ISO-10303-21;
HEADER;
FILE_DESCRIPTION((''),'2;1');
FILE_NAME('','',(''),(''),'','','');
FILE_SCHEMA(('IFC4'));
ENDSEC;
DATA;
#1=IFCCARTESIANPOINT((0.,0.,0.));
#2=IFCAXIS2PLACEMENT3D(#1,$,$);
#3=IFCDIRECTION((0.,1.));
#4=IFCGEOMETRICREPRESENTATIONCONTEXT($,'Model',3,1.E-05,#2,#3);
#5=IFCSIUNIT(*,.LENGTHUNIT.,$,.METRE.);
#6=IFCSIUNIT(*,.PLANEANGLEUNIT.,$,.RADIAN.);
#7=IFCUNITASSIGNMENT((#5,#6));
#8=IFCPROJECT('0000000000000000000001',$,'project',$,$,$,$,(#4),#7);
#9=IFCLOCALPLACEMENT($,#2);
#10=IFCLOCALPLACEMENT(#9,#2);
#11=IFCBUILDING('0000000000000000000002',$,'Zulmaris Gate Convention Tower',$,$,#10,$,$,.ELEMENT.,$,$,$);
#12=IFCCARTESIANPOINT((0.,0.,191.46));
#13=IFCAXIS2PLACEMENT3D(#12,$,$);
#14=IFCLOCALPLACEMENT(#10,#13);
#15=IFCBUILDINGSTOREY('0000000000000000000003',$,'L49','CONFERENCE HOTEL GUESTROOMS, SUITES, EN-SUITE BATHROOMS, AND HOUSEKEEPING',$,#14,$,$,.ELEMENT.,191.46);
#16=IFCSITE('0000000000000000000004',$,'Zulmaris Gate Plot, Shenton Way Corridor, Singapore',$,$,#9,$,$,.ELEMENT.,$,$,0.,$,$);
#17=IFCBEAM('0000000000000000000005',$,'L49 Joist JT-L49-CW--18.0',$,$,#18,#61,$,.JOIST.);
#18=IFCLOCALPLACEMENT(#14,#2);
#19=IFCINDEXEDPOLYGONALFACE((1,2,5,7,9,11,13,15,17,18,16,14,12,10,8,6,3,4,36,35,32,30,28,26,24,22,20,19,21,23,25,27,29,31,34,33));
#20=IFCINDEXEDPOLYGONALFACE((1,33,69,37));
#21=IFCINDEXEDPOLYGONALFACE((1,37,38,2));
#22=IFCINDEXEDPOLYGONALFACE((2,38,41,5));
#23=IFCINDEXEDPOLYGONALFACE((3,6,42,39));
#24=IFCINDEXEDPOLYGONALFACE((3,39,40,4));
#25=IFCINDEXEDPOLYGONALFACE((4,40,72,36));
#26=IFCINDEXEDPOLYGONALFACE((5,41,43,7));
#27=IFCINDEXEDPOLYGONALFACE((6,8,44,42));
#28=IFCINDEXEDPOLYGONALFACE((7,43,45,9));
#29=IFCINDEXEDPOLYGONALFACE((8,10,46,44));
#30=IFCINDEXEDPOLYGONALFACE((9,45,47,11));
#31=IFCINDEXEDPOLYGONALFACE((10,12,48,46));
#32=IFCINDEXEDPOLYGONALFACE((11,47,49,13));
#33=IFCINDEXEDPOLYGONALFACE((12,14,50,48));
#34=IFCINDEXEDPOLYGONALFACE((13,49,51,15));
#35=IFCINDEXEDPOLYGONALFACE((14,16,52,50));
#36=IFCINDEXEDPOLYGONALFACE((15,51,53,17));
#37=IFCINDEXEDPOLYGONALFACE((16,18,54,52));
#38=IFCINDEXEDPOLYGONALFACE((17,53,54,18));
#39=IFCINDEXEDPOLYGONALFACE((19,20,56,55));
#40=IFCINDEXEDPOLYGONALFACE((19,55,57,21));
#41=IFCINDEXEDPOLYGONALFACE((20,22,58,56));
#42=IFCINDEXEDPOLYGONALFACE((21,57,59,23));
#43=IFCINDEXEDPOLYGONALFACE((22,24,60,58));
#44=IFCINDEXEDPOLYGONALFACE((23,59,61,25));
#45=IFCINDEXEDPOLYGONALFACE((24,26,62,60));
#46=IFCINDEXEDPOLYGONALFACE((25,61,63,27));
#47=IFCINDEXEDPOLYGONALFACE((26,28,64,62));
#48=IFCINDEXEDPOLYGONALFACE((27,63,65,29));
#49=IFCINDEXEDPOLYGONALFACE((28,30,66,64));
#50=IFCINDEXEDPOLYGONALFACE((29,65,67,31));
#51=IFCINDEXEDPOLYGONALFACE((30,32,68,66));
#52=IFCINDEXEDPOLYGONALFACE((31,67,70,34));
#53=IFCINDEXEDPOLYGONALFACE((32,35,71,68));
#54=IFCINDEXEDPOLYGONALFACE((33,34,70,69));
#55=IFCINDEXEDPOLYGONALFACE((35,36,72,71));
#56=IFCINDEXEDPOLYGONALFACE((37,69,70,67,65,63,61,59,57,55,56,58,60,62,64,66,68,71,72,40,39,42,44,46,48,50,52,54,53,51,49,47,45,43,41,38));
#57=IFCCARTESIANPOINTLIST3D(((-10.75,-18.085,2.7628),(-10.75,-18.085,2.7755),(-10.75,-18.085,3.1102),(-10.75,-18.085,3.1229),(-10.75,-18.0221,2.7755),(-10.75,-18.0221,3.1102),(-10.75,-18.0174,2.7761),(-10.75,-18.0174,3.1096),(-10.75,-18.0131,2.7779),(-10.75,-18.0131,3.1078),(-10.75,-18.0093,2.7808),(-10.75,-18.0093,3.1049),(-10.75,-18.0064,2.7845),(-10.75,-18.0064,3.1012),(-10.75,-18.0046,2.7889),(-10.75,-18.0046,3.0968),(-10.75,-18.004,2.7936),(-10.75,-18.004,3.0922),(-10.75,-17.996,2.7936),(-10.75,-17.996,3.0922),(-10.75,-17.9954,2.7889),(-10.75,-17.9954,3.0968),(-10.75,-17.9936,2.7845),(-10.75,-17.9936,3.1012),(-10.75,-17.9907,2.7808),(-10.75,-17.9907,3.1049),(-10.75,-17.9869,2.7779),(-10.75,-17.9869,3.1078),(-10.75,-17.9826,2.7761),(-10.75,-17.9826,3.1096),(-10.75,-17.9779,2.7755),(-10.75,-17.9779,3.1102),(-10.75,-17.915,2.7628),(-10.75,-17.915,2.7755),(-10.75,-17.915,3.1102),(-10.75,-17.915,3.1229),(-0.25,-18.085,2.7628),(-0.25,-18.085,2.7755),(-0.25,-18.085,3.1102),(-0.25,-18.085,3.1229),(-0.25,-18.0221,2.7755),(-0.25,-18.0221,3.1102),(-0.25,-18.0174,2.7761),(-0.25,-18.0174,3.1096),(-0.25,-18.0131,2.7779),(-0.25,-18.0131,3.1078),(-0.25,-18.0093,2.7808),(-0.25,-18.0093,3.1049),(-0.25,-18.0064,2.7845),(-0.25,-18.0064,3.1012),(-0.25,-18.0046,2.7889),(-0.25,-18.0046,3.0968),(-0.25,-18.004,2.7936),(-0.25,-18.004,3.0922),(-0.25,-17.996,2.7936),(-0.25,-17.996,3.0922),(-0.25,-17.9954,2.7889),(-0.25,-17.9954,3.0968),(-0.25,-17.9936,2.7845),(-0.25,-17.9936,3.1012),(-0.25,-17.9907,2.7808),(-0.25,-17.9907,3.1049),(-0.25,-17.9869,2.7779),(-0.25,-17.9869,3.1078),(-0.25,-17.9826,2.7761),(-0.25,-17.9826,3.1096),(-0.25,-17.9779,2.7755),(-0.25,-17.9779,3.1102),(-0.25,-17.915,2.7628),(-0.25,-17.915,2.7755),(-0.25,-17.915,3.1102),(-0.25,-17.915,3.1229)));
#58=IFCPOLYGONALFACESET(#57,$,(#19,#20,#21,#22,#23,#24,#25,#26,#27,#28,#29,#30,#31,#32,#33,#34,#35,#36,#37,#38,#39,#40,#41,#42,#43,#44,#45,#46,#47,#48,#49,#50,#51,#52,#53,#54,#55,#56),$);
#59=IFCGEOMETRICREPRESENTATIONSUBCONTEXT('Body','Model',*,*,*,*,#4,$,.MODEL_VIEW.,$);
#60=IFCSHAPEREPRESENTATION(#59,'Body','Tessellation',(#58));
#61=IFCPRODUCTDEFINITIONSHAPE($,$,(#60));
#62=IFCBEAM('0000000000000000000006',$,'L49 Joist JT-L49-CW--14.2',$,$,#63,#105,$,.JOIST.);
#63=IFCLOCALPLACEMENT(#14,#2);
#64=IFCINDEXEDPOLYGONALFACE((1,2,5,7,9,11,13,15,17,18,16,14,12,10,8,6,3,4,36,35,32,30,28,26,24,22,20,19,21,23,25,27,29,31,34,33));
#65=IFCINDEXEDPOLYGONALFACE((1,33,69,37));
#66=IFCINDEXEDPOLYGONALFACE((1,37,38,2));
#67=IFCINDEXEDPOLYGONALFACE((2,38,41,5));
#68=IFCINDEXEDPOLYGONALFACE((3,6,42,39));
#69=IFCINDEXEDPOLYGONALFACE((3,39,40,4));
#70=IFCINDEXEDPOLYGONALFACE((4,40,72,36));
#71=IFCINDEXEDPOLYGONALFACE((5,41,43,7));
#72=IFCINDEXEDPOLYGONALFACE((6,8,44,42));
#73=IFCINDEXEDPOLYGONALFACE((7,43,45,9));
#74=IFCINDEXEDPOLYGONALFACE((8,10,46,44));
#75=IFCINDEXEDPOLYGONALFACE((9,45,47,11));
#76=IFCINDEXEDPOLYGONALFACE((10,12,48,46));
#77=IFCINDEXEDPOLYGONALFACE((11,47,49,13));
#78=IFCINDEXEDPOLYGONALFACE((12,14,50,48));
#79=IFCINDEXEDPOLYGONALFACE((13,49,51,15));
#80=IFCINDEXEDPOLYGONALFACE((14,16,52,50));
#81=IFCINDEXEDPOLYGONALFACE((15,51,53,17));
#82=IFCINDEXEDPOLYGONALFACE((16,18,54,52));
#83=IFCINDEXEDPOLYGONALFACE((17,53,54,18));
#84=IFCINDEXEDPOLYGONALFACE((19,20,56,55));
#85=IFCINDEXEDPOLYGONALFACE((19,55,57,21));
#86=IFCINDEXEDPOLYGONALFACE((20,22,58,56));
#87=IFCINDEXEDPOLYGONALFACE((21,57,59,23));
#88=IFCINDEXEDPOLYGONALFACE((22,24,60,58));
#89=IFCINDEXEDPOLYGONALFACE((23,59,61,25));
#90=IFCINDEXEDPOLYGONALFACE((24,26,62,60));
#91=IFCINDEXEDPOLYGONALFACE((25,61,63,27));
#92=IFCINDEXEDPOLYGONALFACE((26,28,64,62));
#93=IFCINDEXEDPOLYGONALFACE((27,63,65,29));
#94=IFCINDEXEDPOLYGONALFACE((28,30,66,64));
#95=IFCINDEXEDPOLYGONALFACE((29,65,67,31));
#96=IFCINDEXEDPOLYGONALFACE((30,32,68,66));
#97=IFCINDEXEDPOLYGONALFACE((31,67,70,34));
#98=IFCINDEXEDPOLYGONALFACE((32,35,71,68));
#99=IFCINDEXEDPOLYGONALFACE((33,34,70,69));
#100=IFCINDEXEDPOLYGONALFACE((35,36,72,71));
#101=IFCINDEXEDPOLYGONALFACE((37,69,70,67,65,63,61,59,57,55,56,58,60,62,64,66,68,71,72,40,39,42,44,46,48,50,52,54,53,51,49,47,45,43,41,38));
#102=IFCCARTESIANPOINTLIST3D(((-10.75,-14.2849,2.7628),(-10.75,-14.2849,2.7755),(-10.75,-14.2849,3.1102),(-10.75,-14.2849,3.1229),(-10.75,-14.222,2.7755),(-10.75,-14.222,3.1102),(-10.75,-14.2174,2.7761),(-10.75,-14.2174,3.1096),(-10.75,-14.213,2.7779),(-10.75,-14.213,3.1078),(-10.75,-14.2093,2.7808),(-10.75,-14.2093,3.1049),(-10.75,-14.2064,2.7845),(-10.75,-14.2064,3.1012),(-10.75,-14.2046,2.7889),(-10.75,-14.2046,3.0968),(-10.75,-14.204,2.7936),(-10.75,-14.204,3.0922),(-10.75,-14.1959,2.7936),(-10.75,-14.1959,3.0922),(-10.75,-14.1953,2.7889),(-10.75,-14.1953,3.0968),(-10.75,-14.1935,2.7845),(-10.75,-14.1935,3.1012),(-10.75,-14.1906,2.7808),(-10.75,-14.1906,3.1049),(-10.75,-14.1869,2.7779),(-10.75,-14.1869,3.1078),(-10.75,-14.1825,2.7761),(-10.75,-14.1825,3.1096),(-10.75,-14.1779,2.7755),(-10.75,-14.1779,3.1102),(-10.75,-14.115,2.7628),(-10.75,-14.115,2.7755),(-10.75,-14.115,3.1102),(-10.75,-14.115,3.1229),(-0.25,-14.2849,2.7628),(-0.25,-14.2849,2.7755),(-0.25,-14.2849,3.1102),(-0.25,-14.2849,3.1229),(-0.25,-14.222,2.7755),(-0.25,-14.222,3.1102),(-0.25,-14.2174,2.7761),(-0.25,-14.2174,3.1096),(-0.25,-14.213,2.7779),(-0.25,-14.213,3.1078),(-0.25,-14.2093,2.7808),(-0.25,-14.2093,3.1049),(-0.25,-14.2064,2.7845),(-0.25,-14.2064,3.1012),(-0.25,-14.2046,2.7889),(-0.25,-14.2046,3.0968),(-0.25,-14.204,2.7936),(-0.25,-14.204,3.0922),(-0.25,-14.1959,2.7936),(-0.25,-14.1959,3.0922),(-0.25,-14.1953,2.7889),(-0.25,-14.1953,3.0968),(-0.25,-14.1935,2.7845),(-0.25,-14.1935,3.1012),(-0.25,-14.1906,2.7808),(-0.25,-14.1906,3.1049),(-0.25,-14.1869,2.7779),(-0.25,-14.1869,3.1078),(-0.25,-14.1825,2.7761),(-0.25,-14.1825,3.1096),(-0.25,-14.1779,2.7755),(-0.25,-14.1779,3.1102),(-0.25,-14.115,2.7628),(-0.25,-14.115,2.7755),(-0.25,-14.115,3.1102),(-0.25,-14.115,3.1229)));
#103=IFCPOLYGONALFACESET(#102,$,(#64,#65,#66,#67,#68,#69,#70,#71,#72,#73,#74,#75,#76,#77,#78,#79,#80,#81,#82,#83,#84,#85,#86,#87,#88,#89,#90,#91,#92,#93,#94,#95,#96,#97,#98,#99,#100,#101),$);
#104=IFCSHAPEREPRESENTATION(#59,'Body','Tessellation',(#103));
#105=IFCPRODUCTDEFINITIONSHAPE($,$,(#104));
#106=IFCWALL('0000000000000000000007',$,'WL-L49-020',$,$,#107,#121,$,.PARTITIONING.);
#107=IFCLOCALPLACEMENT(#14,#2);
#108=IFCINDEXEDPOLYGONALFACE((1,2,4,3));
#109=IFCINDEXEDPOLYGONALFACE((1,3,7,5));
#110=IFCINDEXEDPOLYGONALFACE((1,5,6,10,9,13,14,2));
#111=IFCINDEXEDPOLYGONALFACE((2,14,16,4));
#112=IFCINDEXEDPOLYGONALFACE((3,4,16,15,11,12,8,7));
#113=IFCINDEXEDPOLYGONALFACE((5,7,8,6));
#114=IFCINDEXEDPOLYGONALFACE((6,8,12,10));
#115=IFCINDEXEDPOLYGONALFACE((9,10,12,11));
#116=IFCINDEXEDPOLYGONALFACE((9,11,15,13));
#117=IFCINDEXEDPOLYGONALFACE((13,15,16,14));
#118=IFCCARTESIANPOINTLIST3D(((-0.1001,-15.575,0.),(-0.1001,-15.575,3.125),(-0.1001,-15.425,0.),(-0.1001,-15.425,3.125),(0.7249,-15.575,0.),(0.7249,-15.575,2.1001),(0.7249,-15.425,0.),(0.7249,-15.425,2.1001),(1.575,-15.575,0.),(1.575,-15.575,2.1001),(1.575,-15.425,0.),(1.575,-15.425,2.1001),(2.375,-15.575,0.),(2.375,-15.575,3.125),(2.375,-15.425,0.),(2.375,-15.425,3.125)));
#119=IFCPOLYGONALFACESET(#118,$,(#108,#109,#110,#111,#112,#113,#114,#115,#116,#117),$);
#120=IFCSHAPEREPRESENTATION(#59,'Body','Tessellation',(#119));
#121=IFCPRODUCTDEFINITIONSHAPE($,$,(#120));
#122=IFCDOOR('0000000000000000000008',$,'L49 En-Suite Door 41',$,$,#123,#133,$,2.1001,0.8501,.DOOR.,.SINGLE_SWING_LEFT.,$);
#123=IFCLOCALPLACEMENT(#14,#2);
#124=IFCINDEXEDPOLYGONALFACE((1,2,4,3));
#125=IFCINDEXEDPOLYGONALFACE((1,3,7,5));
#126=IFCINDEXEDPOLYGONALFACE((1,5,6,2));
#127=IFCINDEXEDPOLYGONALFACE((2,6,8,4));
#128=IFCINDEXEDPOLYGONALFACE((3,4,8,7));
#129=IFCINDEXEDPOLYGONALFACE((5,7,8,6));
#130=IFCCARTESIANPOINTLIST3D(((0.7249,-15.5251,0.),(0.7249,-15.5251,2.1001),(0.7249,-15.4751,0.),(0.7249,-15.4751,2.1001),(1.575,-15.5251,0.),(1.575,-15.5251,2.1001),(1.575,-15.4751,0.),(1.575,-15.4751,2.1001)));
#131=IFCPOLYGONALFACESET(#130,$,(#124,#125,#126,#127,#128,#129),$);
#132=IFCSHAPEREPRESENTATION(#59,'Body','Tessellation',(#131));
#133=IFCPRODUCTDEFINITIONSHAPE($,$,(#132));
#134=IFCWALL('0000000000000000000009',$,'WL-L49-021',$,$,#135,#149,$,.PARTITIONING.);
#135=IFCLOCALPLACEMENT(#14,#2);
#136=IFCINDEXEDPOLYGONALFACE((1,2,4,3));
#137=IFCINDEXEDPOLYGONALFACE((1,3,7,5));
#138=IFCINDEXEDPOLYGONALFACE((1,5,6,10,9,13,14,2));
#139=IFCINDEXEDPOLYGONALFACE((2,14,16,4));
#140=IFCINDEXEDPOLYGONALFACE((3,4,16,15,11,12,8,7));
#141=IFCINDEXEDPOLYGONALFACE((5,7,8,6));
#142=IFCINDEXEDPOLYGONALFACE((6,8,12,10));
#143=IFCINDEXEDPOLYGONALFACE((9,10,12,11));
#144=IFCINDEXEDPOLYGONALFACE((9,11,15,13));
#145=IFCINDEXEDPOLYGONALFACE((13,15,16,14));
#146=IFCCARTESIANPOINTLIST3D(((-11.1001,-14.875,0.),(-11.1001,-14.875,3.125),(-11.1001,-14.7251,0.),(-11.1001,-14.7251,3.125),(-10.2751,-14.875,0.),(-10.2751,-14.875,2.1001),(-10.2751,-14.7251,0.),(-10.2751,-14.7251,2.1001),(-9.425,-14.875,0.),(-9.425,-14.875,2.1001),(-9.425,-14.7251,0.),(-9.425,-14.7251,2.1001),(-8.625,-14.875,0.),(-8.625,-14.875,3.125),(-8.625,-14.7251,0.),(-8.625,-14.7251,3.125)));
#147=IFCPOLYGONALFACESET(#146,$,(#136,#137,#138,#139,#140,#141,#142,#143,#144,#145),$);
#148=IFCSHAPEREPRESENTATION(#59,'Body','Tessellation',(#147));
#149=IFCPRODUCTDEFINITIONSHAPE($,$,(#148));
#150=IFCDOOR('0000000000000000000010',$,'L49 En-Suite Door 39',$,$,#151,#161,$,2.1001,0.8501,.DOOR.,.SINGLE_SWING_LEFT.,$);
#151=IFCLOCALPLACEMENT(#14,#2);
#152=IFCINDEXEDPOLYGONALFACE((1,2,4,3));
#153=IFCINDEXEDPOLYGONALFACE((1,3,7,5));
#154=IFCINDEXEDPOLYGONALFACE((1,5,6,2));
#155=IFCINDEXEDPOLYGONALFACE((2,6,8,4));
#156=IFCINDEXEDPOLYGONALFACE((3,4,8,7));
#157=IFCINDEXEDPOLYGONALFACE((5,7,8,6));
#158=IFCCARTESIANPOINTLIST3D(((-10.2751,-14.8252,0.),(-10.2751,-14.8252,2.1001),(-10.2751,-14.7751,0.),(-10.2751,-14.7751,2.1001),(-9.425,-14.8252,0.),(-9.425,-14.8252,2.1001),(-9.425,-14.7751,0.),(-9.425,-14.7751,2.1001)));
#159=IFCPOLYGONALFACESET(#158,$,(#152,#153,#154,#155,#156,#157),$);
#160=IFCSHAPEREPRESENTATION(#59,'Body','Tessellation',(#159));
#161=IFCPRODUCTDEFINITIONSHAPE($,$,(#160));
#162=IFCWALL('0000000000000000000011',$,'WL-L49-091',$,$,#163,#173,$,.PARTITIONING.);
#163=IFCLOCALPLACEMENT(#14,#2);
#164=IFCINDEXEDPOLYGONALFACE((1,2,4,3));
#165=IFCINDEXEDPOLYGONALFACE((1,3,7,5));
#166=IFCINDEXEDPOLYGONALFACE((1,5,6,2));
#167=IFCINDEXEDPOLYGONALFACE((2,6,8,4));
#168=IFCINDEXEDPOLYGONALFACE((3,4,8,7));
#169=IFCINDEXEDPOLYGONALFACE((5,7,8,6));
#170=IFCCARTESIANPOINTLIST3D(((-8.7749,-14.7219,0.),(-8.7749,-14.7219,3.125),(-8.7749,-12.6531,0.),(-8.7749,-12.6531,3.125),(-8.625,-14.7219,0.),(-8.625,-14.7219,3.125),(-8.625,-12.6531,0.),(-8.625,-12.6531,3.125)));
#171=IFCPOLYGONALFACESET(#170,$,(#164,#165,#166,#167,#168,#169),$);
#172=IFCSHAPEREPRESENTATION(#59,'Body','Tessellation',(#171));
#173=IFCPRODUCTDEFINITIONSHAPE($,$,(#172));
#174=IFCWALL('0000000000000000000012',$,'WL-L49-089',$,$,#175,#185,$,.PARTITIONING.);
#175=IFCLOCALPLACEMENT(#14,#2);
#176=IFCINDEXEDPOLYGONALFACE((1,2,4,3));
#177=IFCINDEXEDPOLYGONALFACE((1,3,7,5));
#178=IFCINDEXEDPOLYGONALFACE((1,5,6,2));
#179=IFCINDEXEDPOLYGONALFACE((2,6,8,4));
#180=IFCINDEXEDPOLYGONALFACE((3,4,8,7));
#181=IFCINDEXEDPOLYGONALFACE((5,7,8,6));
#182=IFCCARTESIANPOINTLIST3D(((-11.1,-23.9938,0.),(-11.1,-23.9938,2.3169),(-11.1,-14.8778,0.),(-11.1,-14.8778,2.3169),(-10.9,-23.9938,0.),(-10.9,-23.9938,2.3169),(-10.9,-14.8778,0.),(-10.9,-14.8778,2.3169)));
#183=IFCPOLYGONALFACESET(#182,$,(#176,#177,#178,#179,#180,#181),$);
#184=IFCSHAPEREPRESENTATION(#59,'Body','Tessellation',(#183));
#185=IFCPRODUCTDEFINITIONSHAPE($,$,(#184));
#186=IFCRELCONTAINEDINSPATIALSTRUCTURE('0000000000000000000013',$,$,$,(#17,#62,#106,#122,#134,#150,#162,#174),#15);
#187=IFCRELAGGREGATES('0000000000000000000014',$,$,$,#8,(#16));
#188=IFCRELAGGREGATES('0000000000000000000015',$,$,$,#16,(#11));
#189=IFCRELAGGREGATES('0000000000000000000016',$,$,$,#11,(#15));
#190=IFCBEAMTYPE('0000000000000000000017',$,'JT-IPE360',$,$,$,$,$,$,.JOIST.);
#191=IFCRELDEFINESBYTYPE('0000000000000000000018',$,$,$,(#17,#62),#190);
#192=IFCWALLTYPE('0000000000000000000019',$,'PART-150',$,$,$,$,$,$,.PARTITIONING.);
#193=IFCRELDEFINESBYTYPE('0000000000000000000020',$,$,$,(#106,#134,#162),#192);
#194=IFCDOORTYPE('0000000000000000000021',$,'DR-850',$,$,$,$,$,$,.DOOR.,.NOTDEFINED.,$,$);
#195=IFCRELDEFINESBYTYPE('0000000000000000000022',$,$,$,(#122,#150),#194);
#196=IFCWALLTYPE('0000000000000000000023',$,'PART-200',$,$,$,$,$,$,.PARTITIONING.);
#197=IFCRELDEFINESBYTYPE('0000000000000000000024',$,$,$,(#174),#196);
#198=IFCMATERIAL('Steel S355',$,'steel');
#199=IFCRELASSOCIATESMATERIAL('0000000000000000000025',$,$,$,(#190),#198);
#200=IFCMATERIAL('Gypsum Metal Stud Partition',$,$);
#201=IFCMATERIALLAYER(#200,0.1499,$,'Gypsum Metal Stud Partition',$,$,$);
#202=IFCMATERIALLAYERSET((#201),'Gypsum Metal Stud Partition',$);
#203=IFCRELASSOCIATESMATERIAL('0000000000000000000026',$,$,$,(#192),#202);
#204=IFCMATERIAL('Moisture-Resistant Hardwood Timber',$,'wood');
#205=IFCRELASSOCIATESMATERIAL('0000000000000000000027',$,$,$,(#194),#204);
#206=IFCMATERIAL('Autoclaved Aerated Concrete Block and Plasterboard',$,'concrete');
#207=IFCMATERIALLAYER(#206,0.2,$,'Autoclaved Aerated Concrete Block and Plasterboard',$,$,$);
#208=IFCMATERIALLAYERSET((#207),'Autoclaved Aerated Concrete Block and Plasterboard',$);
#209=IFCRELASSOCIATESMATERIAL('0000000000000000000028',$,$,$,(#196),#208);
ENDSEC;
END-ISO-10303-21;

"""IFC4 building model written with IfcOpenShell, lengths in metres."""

from ifc_helpers import new_model, si_unit, direction, frame, frame_2d, origin, origin_2d, place, context, subcontext, project, spatial, rectangle, i_section, extrude, material, layer, layer_set, material_profile, profile_set, type_object, element, fill, save


model = new_model("IFC4")

# Units and contexts
model_context = context("Model", 3, precision=1e-05, world=origin(), true_north=direction((0.0, 1.0)))
body_context = subcontext(model_context, "Body", "Model", "MODEL_VIEW")
ifc_project = project(units=[si_unit("LENGTHUNIT", "METRE"), si_unit("PLANEANGLEUNIT", "RADIAN")], contexts=[model_context])

# Site, building, storey
site_placement = place(None, origin())
site = spatial("IfcSite", under=ifc_project, at=site_placement, Name="Zulmaris Gate Plot, Shenton Way Corridor, Singapore", CompositionType="ELEMENT", RefElevation=0.0)
building_placement = place(site_placement, origin())
building = spatial("IfcBuilding", under=site, at=building_placement, Name="Zulmaris Gate Convention Tower", CompositionType="ELEMENT")
storey_placement = place(building_placement, frame((0.0, 0.0, 191.46)))
storey = spatial("IfcBuildingStorey", under=building, at=storey_placement, Name="L49", Description="CONFERENCE HOTEL GUESTROOMS, SUITES, EN-SUITE BATHROOMS, AND HOUSEKEEPING", CompositionType="ELEMENT", Elevation=191.46)

# Beams
ifc_material_1 = material(Name="Steel S355", Category="steel")
ifc_material_profile_1 = material_profile(ifc_material_1, i_section(OverallWidth=0.1699, OverallDepth=0.3601, WebThickness=0.0081, FlangeThickness=0.0127, FilletRadius=0.0181, at=origin_2d()), Name="IPE 360")
ifc_profile_set_1 = profile_set([ifc_material_profile_1], Name="Steel S355")
beam_type_1 = type_object("IfcBeamType", Name="JT-IPE360", PredefinedType="JOIST", material=ifc_profile_set_1)
for number, where, z_axis, x_axis, name in (
    (1, (-10.75, -18.0, 2.9429), (1.0, 0.0, 0.0), (0.0, 1.0, 0.0), "L49 Joist JT-L49-CW--18.0"),
    (2, (-10.75, -14.2, 2.9429), (1.0, 0.0, 0.0), (0.0, 1.0, 0.0), "L49 Joist JT-L49-CW--14.2"),
):
    element("IfcBeam", number, at=place(storey_placement, frame(where, z_axis=z_axis, x_axis=x_axis)), inside=storey, type_object=beam_type_1, Name=name, PredefinedType="JOIST", context=body_context, shape_type="SweptSolid", body=[
        extrude(i_section(OverallWidth=0.1699, OverallDepth=0.3601, WebThickness=0.0081, FlangeThickness=0.0127, FilletRadius=0.0181, at=origin_2d()), origin(), (0.0, 0.0, 1.0), 10.5),
    ])

# Walls, openings, doors
ifc_material_2 = material(Name="Gypsum Metal Stud Partition")
ifc_layer_1 = layer(ifc_material_2, 0.1499, Name="Gypsum Metal Stud Partition")
ifc_layer_set_1 = layer_set([ifc_layer_1], Name="Gypsum Metal Stud Partition")
wall_type_1 = type_object("IfcWallType", Name="PART-150", PredefinedType="PARTITIONING", material=ifc_layer_set_1)
wall_1_placement = place(storey_placement, frame((-0.1001, -15.5, 0.0), z_axis=(0.0, 0.0, 1.0), x_axis=(1.0, 0.0, 0.0)))
wall_1 = element("IfcWall", 3, at=wall_1_placement, inside=storey, type_object=wall_type_1, Name="WL-L49-020", PredefinedType="PARTITIONING", context=body_context, shape_type="SweptSolid", body=[
    extrude(rectangle(XDim=2.4751, YDim=0.1499, at=frame_2d((1.2375, 0.0))), origin(), (0.0, 0.0, 1.0), 3.125),
])
opening_1_placement = place(wall_1_placement, frame((0.825, 0.0, 0.0)))
opening_1 = element("IfcOpeningElement", 4, at=opening_1_placement, cuts=wall_1, PredefinedType="OPENING", context=body_context, shape_type="SweptSolid", body=[
    extrude(rectangle(XDim=0.8501, YDim=2.1001, at=frame_2d((0.425, 1.05))), frame((0.0, 0.085, 0.0), z_axis=(0.0, -1.0, 0.0), x_axis=(1.0, 0.0, 0.0)), (0.0, 0.0, 1.0), 0.1699),
])
ifc_material_3 = material(Name="Moisture-Resistant Hardwood Timber", Category="wood")
door_type_1 = type_object("IfcDoorType", Name="DR-850", OperationType="NOTDEFINED", PredefinedType="DOOR", material=ifc_material_3)
door_1_placement = place(opening_1_placement, origin())
door_1 = element("IfcDoor", 5, at=door_1_placement, inside=storey, type_object=door_type_1, Name="L49 En-Suite Door 41", OperationType="SINGLE_SWING_LEFT", OverallHeight=2.1001, OverallWidth=0.8501, PredefinedType="DOOR", context=body_context, shape_type="SweptSolid", body=[
    extrude(rectangle(XDim=0.8501, YDim=2.1001, at=frame_2d((0.425, 1.05))), frame((0.0, 0.0249, 0.0), z_axis=(0.0, -1.0, 0.0), x_axis=(1.0, 0.0, 0.0)), (0.0, 0.0, 1.0), 0.05),
])
fill(opening_1, door_1)
wall_2_placement = place(storey_placement, frame((-11.1001, -14.8, 0.0), z_axis=(0.0, 0.0, 1.0), x_axis=(1.0, 0.0, 0.0)))
wall_2 = element("IfcWall", 6, at=wall_2_placement, inside=storey, type_object=wall_type_1, Name="WL-L49-021", PredefinedType="PARTITIONING", context=body_context, shape_type="SweptSolid", body=[
    extrude(rectangle(XDim=2.4751, YDim=0.1499, at=frame_2d((1.2375, 0.0))), origin(), (0.0, 0.0, 1.0), 3.125),
])
opening_2_placement = place(wall_2_placement, frame((0.825, 0.0, 0.0)))
opening_2 = element("IfcOpeningElement", 7, at=opening_2_placement, cuts=wall_2, PredefinedType="OPENING", context=body_context, shape_type="SweptSolid", body=[
    extrude(rectangle(XDim=0.8501, YDim=2.1001, at=frame_2d((0.425, 1.05))), frame((0.0, 0.085, 0.0), z_axis=(0.0, -1.0, 0.0), x_axis=(1.0, 0.0, 0.0)), (0.0, 0.0, 1.0), 0.1699),
])
door_2_placement = place(opening_2_placement, origin())
door_2 = element("IfcDoor", 8, at=door_2_placement, inside=storey, type_object=door_type_1, Name="L49 En-Suite Door 39", OperationType="SINGLE_SWING_LEFT", OverallHeight=2.1001, OverallWidth=0.8501, PredefinedType="DOOR", context=body_context, shape_type="SweptSolid", body=[
    extrude(rectangle(XDim=0.8501, YDim=2.1001, at=frame_2d((0.425, 1.05))), frame((0.0, 0.0249, 0.0), z_axis=(0.0, -1.0, 0.0), x_axis=(1.0, 0.0, 0.0)), (0.0, 0.0, 1.0), 0.05),
])
fill(opening_2, door_2)

# Walls
wall_3_placement = place(storey_placement, frame((-8.7, -14.7219, 0.0), z_axis=(0.0, 0.0, 1.0), x_axis=(0.0, 1.0, 0.0)))
element("IfcWall", 9, at=wall_3_placement, inside=storey, type_object=wall_type_1, Name="WL-L49-091", PredefinedType="PARTITIONING", context=body_context, shape_type="SweptSolid", body=[
    extrude(rectangle(XDim=2.0688, YDim=0.1499, at=frame_2d((1.0344, 0.0))), origin(), (0.0, 0.0, 1.0), 3.125),
])
ifc_material_4 = material(Name="Autoclaved Aerated Concrete Block and Plasterboard", Category="concrete")
ifc_layer_2 = layer(ifc_material_4, 0.2, Name="Autoclaved Aerated Concrete Block and Plasterboard")
ifc_layer_set_2 = layer_set([ifc_layer_2], Name="Autoclaved Aerated Concrete Block and Plasterboard")
wall_type_2 = type_object("IfcWallType", Name="PART-200", PredefinedType="PARTITIONING", material=ifc_layer_set_2)
wall_4_placement = place(storey_placement, frame((-11.0, -23.9939, 0.0), z_axis=(0.0, 0.0, 1.0), x_axis=(0.0, 1.0, 0.0)))
element("IfcWall", 10, at=wall_4_placement, inside=storey, type_object=wall_type_2, Name="WL-L49-089", PredefinedType="PARTITIONING", context=body_context, shape_type="SweptSolid", body=[
    extrude(rectangle(XDim=9.116, YDim=0.2, at=frame_2d((4.5581, 0.0))), origin(), (0.0, 0.0, 1.0), 2.3169),
])

save(model, "model.ifc")
